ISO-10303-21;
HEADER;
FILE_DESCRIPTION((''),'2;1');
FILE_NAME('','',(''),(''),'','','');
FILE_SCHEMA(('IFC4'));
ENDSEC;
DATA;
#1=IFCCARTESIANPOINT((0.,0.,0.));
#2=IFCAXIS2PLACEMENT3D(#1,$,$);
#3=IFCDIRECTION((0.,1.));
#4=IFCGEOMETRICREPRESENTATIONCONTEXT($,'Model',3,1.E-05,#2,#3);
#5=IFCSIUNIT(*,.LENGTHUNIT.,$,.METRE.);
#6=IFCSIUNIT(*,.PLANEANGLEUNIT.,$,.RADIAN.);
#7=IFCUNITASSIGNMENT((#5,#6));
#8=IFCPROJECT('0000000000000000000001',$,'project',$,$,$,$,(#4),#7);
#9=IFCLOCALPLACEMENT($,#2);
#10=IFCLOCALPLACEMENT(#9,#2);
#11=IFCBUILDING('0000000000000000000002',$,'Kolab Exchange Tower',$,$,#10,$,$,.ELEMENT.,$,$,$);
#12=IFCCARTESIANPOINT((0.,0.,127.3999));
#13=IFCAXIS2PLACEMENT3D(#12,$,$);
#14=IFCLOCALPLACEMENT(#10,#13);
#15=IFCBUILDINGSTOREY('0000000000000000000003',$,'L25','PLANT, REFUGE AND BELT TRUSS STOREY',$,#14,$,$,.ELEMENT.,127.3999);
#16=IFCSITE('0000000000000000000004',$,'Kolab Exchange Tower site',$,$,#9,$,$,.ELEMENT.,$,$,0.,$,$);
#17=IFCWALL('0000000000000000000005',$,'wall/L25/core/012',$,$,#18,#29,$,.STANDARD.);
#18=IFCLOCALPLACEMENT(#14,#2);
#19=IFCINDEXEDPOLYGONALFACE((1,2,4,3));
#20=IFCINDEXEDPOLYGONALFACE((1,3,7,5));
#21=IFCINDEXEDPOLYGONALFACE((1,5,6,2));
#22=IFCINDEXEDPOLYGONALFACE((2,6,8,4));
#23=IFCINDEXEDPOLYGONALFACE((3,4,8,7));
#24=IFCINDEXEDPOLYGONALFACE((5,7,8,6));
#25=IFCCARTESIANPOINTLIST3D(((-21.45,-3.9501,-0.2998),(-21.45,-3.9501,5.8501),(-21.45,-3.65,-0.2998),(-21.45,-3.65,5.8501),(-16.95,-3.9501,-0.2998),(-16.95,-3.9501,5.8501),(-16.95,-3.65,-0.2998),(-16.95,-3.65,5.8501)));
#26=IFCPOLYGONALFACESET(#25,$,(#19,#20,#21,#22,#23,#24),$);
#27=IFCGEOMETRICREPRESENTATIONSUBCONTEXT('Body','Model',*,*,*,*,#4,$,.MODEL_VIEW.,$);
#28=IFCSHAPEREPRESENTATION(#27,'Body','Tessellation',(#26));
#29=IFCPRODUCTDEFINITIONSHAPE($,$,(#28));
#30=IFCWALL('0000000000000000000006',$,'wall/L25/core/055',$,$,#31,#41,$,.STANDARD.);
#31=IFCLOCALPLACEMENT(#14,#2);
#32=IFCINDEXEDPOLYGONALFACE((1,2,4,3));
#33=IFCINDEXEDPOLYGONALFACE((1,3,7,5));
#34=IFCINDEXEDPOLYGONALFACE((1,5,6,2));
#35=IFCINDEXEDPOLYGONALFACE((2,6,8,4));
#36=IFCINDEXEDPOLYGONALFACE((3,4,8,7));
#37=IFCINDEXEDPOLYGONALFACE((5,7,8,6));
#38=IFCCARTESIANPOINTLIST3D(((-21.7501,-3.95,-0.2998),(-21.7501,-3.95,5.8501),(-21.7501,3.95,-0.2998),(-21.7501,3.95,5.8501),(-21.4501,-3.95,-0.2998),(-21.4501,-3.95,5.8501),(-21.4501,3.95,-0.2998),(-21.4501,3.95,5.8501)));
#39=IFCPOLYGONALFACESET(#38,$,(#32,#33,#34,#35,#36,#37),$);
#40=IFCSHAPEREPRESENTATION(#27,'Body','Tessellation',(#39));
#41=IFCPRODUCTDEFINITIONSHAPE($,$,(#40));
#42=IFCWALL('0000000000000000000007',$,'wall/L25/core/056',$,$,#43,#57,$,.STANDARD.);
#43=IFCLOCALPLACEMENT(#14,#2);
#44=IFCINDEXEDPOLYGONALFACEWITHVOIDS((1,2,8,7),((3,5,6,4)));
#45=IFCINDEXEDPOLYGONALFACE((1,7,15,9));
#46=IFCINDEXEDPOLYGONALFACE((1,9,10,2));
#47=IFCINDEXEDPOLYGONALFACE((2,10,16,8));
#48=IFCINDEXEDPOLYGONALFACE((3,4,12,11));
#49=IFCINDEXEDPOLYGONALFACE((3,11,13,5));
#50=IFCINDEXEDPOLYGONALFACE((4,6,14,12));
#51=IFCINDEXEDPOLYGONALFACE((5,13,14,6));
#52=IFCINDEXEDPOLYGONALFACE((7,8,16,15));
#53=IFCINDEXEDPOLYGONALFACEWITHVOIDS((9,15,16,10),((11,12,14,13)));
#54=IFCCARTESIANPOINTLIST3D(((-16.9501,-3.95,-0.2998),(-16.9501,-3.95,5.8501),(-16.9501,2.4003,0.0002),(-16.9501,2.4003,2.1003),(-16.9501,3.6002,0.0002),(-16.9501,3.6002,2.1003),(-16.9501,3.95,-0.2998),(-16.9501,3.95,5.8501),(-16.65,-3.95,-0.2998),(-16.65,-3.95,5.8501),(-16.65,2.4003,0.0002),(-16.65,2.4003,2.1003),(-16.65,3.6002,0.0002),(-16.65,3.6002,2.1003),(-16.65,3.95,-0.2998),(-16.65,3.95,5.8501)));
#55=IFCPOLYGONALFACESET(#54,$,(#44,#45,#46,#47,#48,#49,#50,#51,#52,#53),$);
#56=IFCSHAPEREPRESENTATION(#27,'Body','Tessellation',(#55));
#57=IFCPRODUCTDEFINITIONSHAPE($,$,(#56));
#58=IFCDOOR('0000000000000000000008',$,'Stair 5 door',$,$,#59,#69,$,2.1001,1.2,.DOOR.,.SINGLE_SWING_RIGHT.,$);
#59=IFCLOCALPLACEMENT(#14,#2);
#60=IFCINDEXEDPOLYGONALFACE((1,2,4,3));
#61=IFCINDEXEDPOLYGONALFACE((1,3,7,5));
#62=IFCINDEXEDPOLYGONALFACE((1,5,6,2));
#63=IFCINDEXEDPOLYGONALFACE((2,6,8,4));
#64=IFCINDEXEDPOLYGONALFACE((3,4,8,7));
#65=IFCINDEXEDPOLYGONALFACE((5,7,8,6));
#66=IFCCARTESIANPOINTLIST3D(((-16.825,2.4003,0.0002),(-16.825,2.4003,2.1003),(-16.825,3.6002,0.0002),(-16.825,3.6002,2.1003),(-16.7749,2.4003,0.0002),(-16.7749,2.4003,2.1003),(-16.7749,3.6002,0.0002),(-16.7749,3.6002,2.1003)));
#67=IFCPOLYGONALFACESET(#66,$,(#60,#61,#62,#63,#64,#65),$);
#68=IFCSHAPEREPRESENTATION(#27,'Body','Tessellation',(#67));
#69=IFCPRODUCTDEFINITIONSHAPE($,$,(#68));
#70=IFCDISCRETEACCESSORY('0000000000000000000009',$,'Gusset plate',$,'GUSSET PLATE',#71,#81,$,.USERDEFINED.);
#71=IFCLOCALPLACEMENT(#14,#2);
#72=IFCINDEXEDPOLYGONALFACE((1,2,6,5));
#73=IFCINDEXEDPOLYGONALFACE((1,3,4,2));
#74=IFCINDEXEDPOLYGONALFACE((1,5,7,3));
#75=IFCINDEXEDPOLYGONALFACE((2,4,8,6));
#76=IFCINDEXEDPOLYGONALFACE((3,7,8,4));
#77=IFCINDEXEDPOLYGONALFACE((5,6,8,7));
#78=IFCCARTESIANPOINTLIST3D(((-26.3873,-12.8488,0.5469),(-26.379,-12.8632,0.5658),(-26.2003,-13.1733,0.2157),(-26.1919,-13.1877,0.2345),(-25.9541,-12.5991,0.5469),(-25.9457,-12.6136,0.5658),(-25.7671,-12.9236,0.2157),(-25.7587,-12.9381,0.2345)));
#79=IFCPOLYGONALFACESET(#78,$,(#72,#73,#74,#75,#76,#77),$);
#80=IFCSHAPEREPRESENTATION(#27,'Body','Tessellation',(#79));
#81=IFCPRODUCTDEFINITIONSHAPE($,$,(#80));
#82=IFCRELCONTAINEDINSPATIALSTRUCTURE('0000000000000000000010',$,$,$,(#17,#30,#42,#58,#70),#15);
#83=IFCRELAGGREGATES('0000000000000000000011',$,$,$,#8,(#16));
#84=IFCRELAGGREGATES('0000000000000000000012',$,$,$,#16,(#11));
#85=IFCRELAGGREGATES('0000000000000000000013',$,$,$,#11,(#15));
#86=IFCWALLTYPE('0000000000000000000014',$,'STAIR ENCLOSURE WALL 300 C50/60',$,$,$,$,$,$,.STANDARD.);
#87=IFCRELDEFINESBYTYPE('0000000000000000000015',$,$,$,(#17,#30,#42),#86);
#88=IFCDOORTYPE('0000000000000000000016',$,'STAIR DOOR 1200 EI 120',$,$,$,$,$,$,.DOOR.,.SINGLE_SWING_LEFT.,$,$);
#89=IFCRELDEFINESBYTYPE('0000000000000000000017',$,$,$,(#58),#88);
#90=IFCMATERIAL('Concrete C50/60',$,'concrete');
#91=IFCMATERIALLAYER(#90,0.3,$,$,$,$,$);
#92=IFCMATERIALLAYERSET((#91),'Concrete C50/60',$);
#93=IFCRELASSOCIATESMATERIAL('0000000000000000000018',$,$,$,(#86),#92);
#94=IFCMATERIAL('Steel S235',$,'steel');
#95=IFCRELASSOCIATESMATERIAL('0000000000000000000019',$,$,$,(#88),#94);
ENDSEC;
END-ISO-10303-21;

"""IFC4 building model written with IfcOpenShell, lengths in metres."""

from ifc_helpers import new_model, si_unit, direction, frame, frame_2d, origin, origin_2d, place, context, subcontext, project, spatial, rectangle, extrude, material, layer, layer_set, type_object, element, fill, save


model = new_model("IFC4")

# Units and contexts
model_context = context("Model", 3, precision=1e-05, world=origin(), true_north=direction((0.0, 1.0)))
body_context = subcontext(model_context, "Body", "Model", "MODEL_VIEW")
ifc_project = project(units=[si_unit("LENGTHUNIT", "METRE"), si_unit("PLANEANGLEUNIT", "RADIAN")], contexts=[model_context])

# Site, building, storey
site_placement = place(None, origin())
site = spatial("IfcSite", under=ifc_project, at=site_placement, Name="Kolab Exchange Tower site", CompositionType="ELEMENT", RefElevation=0.0)
building_placement = place(site_placement, origin())
building = spatial("IfcBuilding", under=site, at=building_placement, Name="Kolab Exchange Tower", CompositionType="ELEMENT")
storey_placement = place(building_placement, frame((0.0, 0.0, 127.3999)))
storey = spatial("IfcBuildingStorey", under=building, at=storey_placement, Name="L25", Description="PLANT, REFUGE AND BELT TRUSS STOREY", CompositionType="ELEMENT", Elevation=127.3999)

# Shared definitions
ifc_material_1 = material(Name="Steel S235", Category="steel")

# Walls
ifc_material_2 = material(Name="Concrete C50/60", Category="concrete")
ifc_layer_1 = layer(ifc_material_2, 0.3)
ifc_layer_set_1 = layer_set([ifc_layer_1], Name="Concrete C50/60")
wall_type_1 = type_object("IfcWallType", Name="STAIR ENCLOSURE WALL 300 C50/60", PredefinedType="STANDARD", material=ifc_layer_set_1)
wall_1_placement = place(storey_placement, frame((-21.45, -3.8, -0.2998), z_axis=(0.0, 0.0, 1.0), x_axis=(1.0, 0.0, 0.0)))
element("IfcWall", 1, at=wall_1_placement, inside=storey, type_object=wall_type_1, Name="wall/L25/core/012", PredefinedType="STANDARD", context=body_context, shape_type="SweptSolid", body=[
    extrude(rectangle(XDim=4.5, YDim=0.3, at=frame_2d((2.25, 0.0))), origin(), (0.0, 0.0, 1.0), 6.1499),
])
wall_2_placement = place(storey_placement, frame((-21.6001, -3.95, -0.2998), z_axis=(0.0, 0.0, 1.0), x_axis=(0.0, 1.0, 0.0)))
element("IfcWall", 2, at=wall_2_placement, inside=storey, type_object=wall_type_1, Name="wall/L25/core/055", PredefinedType="STANDARD", context=body_context, shape_type="SweptSolid", body=[
    extrude(rectangle(XDim=7.8999, YDim=0.3, at=frame_2d((3.95, 0.0))), origin(), (0.0, 0.0, 1.0), 6.1499),
])

# Wall, opening, door
wall_3_placement = place(storey_placement, frame((-16.8, -3.95, -0.2998), z_axis=(0.0, 0.0, 1.0), x_axis=(0.0, 1.0, 0.0)))
wall_3 = element("IfcWall", 3, at=wall_3_placement, inside=storey, type_object=wall_type_1, Name="wall/L25/core/056", PredefinedType="STANDARD", context=body_context, shape_type="SweptSolid", body=[
    extrude(rectangle(XDim=7.8999, YDim=0.3, at=frame_2d((3.95, 0.0))), origin(), (0.0, 0.0, 1.0), 6.1499),
])
opening_1_placement = place(wall_3_placement, frame((6.3501, 0.0, 0.3)))
opening_1 = element("IfcOpeningElement", 4, at=opening_1_placement, cuts=wall_3, PredefinedType="OPENING", context=body_context, shape_type="SweptSolid", body=[
    extrude(rectangle(XDim=1.2, YDim=2.1001, at=frame_2d((0.6001, 1.05))), frame((0.0, 0.1602, 0.0), z_axis=(0.0, -1.0, 0.0), x_axis=(1.0, 0.0, 0.0)), (0.0, 0.0, 1.0), 0.3201),
])
door_type_1 = type_object("IfcDoorType", Name="STAIR DOOR 1200 EI 120", OperationType="SINGLE_SWING_LEFT", PredefinedType="DOOR", material=ifc_material_1)
door_1_placement = place(opening_1_placement, origin())
door_1 = element("IfcDoor", 5, at=door_1_placement, inside=storey, type_object=door_type_1, Name="Stair 5 door", OperationType="SINGLE_SWING_RIGHT", OverallHeight=2.1001, OverallWidth=1.2, PredefinedType="DOOR", context=body_context, shape_type="SweptSolid", body=[
    extrude(rectangle(XDim=1.2, YDim=2.1001, at=frame_2d((0.6001, 1.05))), frame((0.0, 0.0249, 0.0), z_axis=(0.0, -1.0, 0.0), x_axis=(1.0, 0.0, 0.0)), (0.0, 0.0, 1.0), 0.05),
])
fill(opening_1, door_1)

# Discrete accessory
discrete_accessory_placement = place(storey_placement, frame((-26.0688, -12.9006, 0.4001), z_axis=(-0.330768, 0.57398, -0.749092), x_axis=(-0.86643, -0.499299, 0.0)))
element("IfcDiscreteAccessory", 6, at=discrete_accessory_placement, inside=storey, Name="Gusset plate", ObjectType="GUSSET PLATE", PredefinedType="USERDEFINED", context=body_context, shape_type="SweptSolid", body=[
    extrude(rectangle(XDim=0.5, YDim=0.5, at=origin_2d()), origin(), (0.0, 0.0, 1.0), 0.0251),
])

save(model, "model.ifc")
